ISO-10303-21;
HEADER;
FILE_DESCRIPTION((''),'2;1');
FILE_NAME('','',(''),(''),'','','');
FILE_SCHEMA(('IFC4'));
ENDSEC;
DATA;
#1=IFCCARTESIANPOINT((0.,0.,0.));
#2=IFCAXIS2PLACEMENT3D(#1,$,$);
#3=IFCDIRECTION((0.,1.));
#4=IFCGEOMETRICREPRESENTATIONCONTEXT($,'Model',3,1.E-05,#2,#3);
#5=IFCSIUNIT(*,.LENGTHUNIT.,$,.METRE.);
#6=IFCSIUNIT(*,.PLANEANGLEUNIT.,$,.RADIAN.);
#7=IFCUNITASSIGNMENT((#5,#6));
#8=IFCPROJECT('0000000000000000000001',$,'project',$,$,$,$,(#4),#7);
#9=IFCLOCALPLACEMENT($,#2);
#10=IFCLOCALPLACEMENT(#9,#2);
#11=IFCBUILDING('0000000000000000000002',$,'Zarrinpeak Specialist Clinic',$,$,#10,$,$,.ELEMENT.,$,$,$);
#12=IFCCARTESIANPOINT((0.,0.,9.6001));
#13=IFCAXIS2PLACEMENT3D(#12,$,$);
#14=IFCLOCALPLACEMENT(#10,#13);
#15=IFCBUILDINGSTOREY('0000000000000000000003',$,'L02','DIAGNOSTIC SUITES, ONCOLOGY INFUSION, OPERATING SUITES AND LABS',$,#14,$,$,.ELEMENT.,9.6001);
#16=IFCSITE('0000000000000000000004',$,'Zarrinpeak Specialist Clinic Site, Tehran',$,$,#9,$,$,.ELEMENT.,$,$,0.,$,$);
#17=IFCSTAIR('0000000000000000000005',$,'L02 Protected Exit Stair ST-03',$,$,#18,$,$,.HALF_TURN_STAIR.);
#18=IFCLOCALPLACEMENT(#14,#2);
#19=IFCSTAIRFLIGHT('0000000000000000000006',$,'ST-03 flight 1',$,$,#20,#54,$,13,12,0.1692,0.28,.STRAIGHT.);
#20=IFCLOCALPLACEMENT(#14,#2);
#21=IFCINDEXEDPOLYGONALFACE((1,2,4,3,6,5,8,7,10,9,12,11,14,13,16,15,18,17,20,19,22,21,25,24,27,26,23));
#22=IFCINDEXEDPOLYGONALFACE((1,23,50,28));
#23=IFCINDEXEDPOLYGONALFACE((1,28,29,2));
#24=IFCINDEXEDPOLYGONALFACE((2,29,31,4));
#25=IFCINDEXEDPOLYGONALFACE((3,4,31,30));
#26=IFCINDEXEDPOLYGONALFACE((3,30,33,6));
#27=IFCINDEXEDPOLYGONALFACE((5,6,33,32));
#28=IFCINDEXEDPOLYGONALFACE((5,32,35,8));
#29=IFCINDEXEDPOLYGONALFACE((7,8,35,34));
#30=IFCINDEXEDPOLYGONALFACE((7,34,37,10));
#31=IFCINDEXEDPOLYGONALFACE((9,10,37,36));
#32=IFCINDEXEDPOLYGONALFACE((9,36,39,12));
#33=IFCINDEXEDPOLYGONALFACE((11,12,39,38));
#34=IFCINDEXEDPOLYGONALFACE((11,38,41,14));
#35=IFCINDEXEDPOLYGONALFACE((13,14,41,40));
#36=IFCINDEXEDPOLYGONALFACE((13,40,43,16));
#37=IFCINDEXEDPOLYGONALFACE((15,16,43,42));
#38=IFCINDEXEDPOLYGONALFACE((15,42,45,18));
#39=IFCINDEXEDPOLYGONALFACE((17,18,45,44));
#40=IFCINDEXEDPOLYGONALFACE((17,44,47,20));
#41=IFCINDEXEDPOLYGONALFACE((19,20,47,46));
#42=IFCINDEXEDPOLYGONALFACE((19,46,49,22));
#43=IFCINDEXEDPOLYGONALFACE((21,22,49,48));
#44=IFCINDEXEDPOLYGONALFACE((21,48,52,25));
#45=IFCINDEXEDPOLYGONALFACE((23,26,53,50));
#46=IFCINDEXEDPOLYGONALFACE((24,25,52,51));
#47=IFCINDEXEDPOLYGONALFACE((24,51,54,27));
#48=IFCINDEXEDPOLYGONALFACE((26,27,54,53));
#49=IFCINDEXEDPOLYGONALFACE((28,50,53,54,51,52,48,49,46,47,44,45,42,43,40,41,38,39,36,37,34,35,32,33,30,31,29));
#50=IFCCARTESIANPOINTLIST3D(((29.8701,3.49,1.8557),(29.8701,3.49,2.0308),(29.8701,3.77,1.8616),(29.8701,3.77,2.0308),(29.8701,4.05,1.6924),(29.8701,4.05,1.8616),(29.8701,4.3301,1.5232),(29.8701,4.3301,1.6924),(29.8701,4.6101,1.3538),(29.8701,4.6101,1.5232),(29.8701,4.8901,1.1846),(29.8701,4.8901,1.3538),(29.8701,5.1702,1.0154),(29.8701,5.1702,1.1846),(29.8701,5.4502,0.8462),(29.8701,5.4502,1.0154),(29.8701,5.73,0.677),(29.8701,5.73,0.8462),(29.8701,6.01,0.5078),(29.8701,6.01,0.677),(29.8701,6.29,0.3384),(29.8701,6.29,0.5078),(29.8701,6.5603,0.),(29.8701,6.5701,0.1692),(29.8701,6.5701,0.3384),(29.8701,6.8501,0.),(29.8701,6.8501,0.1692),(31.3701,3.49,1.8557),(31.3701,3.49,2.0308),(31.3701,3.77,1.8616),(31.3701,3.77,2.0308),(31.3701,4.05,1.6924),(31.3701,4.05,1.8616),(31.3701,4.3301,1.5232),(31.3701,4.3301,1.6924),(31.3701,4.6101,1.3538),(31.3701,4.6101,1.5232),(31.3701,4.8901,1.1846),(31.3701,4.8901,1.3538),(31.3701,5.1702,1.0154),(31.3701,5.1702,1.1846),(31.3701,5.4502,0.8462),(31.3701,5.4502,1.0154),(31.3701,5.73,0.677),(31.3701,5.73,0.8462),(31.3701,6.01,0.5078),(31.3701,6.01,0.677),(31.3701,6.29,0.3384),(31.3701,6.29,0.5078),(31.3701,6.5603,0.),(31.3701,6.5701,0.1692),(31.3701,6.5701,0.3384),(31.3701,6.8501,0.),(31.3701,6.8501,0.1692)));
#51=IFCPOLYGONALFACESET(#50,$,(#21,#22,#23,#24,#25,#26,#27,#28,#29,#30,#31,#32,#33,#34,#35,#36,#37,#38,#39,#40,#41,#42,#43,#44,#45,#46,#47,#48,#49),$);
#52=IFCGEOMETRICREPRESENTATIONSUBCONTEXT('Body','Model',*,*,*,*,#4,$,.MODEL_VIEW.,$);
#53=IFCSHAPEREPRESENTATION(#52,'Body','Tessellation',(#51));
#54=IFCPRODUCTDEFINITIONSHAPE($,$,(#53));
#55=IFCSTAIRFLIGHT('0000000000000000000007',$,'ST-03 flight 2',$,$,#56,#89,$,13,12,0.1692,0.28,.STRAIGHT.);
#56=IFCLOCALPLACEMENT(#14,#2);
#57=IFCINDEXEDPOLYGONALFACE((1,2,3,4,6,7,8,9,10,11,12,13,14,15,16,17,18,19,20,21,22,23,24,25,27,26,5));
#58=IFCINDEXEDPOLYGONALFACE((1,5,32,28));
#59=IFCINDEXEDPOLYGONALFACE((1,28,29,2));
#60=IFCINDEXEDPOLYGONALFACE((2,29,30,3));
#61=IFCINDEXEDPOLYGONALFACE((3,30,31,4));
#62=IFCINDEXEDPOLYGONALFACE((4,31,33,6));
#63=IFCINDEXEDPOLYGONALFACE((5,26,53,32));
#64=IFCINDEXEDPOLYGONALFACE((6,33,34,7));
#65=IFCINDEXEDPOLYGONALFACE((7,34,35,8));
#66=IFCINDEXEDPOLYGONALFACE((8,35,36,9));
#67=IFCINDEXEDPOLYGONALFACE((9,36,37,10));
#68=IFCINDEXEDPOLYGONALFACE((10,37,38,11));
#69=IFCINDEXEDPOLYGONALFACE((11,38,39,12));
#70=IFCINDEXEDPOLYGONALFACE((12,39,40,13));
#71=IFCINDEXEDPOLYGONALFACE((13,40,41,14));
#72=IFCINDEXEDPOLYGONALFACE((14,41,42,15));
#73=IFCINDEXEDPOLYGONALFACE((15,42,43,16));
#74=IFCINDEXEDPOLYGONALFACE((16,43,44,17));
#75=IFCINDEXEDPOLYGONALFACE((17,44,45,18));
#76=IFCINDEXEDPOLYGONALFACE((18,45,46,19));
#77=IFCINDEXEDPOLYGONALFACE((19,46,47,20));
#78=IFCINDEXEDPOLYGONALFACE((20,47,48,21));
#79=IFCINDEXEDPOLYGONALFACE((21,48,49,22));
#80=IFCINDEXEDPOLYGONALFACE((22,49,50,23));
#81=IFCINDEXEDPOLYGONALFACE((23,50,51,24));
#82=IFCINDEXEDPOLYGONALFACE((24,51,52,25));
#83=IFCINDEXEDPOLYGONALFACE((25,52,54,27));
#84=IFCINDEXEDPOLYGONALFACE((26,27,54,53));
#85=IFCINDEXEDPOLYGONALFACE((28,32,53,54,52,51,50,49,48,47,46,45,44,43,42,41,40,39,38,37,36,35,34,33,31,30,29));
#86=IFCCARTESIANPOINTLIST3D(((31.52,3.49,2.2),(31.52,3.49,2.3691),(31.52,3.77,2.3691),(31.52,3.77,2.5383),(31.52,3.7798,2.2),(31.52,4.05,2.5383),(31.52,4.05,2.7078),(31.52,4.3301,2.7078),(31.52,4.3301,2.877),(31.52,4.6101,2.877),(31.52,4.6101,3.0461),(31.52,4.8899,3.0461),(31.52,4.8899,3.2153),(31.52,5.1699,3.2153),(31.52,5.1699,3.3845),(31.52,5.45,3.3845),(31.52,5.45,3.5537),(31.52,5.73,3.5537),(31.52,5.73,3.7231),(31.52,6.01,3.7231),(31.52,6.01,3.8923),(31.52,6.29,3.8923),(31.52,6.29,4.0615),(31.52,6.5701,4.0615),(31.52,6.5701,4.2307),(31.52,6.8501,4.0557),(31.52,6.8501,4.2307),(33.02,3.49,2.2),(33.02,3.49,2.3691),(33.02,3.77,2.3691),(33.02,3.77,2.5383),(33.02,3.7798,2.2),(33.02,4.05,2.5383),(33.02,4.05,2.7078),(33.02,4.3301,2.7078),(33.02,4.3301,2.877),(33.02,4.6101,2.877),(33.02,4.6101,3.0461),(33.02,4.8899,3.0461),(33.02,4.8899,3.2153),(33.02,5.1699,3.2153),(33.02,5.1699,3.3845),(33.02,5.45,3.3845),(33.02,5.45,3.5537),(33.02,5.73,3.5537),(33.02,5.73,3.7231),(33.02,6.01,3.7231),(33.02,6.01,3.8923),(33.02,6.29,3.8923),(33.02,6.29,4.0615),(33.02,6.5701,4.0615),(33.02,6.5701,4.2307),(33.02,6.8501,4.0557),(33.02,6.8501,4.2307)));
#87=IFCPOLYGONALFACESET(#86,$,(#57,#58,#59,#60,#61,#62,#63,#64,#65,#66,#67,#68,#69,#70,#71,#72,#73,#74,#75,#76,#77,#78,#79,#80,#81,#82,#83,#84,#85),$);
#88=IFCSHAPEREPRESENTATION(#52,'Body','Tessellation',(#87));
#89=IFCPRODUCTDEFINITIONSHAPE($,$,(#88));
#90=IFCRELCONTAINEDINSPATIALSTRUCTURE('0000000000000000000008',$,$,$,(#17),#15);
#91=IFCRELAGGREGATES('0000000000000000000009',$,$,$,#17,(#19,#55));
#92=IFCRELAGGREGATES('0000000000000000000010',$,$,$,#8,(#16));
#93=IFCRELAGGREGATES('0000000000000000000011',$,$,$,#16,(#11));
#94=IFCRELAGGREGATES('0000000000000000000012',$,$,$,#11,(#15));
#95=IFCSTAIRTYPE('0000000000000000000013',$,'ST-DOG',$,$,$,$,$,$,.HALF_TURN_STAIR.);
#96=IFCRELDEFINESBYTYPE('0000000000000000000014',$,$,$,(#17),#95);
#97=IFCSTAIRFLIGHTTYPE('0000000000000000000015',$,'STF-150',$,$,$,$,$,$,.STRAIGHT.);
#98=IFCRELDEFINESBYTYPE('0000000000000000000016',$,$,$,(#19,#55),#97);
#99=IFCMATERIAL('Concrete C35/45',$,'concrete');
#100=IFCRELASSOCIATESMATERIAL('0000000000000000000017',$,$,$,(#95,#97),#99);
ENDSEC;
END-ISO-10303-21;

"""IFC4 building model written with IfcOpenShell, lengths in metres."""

from ifc_helpers import new_model, si_unit, direction, frame, origin, place, context, subcontext, project, spatial, polyline, outline, extrude, material, type_object, element, aggregate, save


model = new_model("IFC4")

# Units and contexts
model_context = context("Model", 3, precision=1e-05, world=origin(), true_north=direction((0.0, 1.0)))
body_context = subcontext(model_context, "Body", "Model", "MODEL_VIEW")
ifc_project = project(units=[si_unit("LENGTHUNIT", "METRE"), si_unit("PLANEANGLEUNIT", "RADIAN")], contexts=[model_context])

# Site, building, storey
site_placement = place(None, origin())
site = spatial("IfcSite", under=ifc_project, at=site_placement, Name="Zarrinpeak Specialist Clinic Site, Tehran", CompositionType="ELEMENT", RefElevation=0.0)
building_placement = place(site_placement, origin())
building = spatial("IfcBuilding", under=site, at=building_placement, Name="Zarrinpeak Specialist Clinic", CompositionType="ELEMENT")
storey_placement = place(building_placement, frame((0.0, 0.0, 9.6001)))
storey = spatial("IfcBuildingStorey", under=building, at=storey_placement, Name="L02", Description="DIAGNOSTIC SUITES, ONCOLOGY INFUSION, OPERATING SUITES AND LABS", CompositionType="ELEMENT", Elevation=9.6001)

# Stair, stair flights
ifc_material_1 = material(Name="Concrete C35/45", Category="concrete")
stair_type = type_object("IfcStairType", Name="ST-DOG", PredefinedType="HALF_TURN_STAIR", material=ifc_material_1)
stair_placement = place(storey_placement, origin())
stair = element("IfcStair", 1, at=stair_placement, inside=storey, type_object=stair_type, Name="L02 Protected Exit Stair ST-03", PredefinedType="HALF_TURN_STAIR")
stair_flight_type = type_object("IfcStairFlightType", Name="STF-150", PredefinedType="STRAIGHT", material=ifc_material_1)
stair_flight_1_placement = place(storey_placement, frame((30.6201, 6.8501, 0.0), z_axis=(0.0, 0.0, 1.0), x_axis=(0.0, -1.0, 0.0)))
stair_flight_1 = element("IfcStairFlight", 2, at=stair_flight_1_placement, type_object=stair_flight_type, Name="ST-03 flight 1", NumberOfRisers=13, NumberOfTreads=12, PredefinedType="STRAIGHT", RiserHeight=0.1692, TreadLength=0.28, context=body_context, shape_type="SweptSolid", body=[
    extrude(outline(polyline([(0.0, 0.0), (0.0, 0.1692), (0.28, 0.1692), (0.28, 0.3384), (0.5601, 0.3384), (0.5601, 0.5078), (0.8401, 0.5078), (0.8401, 0.677), (1.1201, 0.677), (1.1201, 0.8462), (1.3999, 0.8462), (1.3999, 1.0154), (1.6799, 1.0154), (1.6799, 1.1846), (1.96, 1.1846), (1.96, 1.3538), (2.24, 1.3538), (2.24, 1.5232), (2.52, 1.5232), (2.52, 1.6924), (2.8, 1.6924), (2.8, 1.8616), (3.0801, 1.8616), (3.0801, 2.0308), (3.3601, 2.0308), (3.3601, 2.2), (3.3601, 1.8557), (0.2898, 0.0), (0.0, 0.0)])), frame((0.0, 0.75, 0.0), z_axis=(0.0, -1.0, 0.0), x_axis=(1.0, 0.0, 0.0)), (0.0, 0.0, 1.0), 1.5),
])
stair_flight_2_placement = place(storey_placement, frame((32.27, 3.49, 2.2), z_axis=(0.0, 0.0, 1.0), x_axis=(0.0, 1.0, 0.0)))
stair_flight_2 = element("IfcStairFlight", 3, at=stair_flight_2_placement, type_object=stair_flight_type, Name="ST-03 flight 2", NumberOfRisers=13, NumberOfTreads=12, PredefinedType="STRAIGHT", RiserHeight=0.1692, TreadLength=0.28, context=body_context, shape_type="SweptSolid", body=[
    extrude(outline(polyline([(0.0, 0.0), (0.0, 0.1692), (0.28, 0.1692), (0.28, 0.3384), (0.5601, 0.3384), (0.5601, 0.5078), (0.8401, 0.5078), (0.8401, 0.677), (1.1201, 0.677), (1.1201, 0.8462), (1.3999, 0.8462), (1.3999, 1.0154), (1.6799, 1.0154), (1.6799, 1.1846), (1.96, 1.1846), (1.96, 1.3538), (2.24, 1.3538), (2.24, 1.5232), (2.52, 1.5232), (2.52, 1.6924), (2.8, 1.6924), (2.8, 1.8616), (3.0801, 1.8616), (3.0801, 2.0308), (3.3601, 2.0308), (3.3601, 2.2), (3.3601, 1.8557), (0.2898, 0.0), (0.0, 0.0)])), frame((0.0, 0.75, 0.0), z_axis=(0.0, -1.0, 0.0), x_axis=(1.0, 0.0, 0.0)), (0.0, 0.0, 1.0), 1.5),
])
aggregate(stair, [stair_flight_1, stair_flight_2])

save(model, "model.ifc")
